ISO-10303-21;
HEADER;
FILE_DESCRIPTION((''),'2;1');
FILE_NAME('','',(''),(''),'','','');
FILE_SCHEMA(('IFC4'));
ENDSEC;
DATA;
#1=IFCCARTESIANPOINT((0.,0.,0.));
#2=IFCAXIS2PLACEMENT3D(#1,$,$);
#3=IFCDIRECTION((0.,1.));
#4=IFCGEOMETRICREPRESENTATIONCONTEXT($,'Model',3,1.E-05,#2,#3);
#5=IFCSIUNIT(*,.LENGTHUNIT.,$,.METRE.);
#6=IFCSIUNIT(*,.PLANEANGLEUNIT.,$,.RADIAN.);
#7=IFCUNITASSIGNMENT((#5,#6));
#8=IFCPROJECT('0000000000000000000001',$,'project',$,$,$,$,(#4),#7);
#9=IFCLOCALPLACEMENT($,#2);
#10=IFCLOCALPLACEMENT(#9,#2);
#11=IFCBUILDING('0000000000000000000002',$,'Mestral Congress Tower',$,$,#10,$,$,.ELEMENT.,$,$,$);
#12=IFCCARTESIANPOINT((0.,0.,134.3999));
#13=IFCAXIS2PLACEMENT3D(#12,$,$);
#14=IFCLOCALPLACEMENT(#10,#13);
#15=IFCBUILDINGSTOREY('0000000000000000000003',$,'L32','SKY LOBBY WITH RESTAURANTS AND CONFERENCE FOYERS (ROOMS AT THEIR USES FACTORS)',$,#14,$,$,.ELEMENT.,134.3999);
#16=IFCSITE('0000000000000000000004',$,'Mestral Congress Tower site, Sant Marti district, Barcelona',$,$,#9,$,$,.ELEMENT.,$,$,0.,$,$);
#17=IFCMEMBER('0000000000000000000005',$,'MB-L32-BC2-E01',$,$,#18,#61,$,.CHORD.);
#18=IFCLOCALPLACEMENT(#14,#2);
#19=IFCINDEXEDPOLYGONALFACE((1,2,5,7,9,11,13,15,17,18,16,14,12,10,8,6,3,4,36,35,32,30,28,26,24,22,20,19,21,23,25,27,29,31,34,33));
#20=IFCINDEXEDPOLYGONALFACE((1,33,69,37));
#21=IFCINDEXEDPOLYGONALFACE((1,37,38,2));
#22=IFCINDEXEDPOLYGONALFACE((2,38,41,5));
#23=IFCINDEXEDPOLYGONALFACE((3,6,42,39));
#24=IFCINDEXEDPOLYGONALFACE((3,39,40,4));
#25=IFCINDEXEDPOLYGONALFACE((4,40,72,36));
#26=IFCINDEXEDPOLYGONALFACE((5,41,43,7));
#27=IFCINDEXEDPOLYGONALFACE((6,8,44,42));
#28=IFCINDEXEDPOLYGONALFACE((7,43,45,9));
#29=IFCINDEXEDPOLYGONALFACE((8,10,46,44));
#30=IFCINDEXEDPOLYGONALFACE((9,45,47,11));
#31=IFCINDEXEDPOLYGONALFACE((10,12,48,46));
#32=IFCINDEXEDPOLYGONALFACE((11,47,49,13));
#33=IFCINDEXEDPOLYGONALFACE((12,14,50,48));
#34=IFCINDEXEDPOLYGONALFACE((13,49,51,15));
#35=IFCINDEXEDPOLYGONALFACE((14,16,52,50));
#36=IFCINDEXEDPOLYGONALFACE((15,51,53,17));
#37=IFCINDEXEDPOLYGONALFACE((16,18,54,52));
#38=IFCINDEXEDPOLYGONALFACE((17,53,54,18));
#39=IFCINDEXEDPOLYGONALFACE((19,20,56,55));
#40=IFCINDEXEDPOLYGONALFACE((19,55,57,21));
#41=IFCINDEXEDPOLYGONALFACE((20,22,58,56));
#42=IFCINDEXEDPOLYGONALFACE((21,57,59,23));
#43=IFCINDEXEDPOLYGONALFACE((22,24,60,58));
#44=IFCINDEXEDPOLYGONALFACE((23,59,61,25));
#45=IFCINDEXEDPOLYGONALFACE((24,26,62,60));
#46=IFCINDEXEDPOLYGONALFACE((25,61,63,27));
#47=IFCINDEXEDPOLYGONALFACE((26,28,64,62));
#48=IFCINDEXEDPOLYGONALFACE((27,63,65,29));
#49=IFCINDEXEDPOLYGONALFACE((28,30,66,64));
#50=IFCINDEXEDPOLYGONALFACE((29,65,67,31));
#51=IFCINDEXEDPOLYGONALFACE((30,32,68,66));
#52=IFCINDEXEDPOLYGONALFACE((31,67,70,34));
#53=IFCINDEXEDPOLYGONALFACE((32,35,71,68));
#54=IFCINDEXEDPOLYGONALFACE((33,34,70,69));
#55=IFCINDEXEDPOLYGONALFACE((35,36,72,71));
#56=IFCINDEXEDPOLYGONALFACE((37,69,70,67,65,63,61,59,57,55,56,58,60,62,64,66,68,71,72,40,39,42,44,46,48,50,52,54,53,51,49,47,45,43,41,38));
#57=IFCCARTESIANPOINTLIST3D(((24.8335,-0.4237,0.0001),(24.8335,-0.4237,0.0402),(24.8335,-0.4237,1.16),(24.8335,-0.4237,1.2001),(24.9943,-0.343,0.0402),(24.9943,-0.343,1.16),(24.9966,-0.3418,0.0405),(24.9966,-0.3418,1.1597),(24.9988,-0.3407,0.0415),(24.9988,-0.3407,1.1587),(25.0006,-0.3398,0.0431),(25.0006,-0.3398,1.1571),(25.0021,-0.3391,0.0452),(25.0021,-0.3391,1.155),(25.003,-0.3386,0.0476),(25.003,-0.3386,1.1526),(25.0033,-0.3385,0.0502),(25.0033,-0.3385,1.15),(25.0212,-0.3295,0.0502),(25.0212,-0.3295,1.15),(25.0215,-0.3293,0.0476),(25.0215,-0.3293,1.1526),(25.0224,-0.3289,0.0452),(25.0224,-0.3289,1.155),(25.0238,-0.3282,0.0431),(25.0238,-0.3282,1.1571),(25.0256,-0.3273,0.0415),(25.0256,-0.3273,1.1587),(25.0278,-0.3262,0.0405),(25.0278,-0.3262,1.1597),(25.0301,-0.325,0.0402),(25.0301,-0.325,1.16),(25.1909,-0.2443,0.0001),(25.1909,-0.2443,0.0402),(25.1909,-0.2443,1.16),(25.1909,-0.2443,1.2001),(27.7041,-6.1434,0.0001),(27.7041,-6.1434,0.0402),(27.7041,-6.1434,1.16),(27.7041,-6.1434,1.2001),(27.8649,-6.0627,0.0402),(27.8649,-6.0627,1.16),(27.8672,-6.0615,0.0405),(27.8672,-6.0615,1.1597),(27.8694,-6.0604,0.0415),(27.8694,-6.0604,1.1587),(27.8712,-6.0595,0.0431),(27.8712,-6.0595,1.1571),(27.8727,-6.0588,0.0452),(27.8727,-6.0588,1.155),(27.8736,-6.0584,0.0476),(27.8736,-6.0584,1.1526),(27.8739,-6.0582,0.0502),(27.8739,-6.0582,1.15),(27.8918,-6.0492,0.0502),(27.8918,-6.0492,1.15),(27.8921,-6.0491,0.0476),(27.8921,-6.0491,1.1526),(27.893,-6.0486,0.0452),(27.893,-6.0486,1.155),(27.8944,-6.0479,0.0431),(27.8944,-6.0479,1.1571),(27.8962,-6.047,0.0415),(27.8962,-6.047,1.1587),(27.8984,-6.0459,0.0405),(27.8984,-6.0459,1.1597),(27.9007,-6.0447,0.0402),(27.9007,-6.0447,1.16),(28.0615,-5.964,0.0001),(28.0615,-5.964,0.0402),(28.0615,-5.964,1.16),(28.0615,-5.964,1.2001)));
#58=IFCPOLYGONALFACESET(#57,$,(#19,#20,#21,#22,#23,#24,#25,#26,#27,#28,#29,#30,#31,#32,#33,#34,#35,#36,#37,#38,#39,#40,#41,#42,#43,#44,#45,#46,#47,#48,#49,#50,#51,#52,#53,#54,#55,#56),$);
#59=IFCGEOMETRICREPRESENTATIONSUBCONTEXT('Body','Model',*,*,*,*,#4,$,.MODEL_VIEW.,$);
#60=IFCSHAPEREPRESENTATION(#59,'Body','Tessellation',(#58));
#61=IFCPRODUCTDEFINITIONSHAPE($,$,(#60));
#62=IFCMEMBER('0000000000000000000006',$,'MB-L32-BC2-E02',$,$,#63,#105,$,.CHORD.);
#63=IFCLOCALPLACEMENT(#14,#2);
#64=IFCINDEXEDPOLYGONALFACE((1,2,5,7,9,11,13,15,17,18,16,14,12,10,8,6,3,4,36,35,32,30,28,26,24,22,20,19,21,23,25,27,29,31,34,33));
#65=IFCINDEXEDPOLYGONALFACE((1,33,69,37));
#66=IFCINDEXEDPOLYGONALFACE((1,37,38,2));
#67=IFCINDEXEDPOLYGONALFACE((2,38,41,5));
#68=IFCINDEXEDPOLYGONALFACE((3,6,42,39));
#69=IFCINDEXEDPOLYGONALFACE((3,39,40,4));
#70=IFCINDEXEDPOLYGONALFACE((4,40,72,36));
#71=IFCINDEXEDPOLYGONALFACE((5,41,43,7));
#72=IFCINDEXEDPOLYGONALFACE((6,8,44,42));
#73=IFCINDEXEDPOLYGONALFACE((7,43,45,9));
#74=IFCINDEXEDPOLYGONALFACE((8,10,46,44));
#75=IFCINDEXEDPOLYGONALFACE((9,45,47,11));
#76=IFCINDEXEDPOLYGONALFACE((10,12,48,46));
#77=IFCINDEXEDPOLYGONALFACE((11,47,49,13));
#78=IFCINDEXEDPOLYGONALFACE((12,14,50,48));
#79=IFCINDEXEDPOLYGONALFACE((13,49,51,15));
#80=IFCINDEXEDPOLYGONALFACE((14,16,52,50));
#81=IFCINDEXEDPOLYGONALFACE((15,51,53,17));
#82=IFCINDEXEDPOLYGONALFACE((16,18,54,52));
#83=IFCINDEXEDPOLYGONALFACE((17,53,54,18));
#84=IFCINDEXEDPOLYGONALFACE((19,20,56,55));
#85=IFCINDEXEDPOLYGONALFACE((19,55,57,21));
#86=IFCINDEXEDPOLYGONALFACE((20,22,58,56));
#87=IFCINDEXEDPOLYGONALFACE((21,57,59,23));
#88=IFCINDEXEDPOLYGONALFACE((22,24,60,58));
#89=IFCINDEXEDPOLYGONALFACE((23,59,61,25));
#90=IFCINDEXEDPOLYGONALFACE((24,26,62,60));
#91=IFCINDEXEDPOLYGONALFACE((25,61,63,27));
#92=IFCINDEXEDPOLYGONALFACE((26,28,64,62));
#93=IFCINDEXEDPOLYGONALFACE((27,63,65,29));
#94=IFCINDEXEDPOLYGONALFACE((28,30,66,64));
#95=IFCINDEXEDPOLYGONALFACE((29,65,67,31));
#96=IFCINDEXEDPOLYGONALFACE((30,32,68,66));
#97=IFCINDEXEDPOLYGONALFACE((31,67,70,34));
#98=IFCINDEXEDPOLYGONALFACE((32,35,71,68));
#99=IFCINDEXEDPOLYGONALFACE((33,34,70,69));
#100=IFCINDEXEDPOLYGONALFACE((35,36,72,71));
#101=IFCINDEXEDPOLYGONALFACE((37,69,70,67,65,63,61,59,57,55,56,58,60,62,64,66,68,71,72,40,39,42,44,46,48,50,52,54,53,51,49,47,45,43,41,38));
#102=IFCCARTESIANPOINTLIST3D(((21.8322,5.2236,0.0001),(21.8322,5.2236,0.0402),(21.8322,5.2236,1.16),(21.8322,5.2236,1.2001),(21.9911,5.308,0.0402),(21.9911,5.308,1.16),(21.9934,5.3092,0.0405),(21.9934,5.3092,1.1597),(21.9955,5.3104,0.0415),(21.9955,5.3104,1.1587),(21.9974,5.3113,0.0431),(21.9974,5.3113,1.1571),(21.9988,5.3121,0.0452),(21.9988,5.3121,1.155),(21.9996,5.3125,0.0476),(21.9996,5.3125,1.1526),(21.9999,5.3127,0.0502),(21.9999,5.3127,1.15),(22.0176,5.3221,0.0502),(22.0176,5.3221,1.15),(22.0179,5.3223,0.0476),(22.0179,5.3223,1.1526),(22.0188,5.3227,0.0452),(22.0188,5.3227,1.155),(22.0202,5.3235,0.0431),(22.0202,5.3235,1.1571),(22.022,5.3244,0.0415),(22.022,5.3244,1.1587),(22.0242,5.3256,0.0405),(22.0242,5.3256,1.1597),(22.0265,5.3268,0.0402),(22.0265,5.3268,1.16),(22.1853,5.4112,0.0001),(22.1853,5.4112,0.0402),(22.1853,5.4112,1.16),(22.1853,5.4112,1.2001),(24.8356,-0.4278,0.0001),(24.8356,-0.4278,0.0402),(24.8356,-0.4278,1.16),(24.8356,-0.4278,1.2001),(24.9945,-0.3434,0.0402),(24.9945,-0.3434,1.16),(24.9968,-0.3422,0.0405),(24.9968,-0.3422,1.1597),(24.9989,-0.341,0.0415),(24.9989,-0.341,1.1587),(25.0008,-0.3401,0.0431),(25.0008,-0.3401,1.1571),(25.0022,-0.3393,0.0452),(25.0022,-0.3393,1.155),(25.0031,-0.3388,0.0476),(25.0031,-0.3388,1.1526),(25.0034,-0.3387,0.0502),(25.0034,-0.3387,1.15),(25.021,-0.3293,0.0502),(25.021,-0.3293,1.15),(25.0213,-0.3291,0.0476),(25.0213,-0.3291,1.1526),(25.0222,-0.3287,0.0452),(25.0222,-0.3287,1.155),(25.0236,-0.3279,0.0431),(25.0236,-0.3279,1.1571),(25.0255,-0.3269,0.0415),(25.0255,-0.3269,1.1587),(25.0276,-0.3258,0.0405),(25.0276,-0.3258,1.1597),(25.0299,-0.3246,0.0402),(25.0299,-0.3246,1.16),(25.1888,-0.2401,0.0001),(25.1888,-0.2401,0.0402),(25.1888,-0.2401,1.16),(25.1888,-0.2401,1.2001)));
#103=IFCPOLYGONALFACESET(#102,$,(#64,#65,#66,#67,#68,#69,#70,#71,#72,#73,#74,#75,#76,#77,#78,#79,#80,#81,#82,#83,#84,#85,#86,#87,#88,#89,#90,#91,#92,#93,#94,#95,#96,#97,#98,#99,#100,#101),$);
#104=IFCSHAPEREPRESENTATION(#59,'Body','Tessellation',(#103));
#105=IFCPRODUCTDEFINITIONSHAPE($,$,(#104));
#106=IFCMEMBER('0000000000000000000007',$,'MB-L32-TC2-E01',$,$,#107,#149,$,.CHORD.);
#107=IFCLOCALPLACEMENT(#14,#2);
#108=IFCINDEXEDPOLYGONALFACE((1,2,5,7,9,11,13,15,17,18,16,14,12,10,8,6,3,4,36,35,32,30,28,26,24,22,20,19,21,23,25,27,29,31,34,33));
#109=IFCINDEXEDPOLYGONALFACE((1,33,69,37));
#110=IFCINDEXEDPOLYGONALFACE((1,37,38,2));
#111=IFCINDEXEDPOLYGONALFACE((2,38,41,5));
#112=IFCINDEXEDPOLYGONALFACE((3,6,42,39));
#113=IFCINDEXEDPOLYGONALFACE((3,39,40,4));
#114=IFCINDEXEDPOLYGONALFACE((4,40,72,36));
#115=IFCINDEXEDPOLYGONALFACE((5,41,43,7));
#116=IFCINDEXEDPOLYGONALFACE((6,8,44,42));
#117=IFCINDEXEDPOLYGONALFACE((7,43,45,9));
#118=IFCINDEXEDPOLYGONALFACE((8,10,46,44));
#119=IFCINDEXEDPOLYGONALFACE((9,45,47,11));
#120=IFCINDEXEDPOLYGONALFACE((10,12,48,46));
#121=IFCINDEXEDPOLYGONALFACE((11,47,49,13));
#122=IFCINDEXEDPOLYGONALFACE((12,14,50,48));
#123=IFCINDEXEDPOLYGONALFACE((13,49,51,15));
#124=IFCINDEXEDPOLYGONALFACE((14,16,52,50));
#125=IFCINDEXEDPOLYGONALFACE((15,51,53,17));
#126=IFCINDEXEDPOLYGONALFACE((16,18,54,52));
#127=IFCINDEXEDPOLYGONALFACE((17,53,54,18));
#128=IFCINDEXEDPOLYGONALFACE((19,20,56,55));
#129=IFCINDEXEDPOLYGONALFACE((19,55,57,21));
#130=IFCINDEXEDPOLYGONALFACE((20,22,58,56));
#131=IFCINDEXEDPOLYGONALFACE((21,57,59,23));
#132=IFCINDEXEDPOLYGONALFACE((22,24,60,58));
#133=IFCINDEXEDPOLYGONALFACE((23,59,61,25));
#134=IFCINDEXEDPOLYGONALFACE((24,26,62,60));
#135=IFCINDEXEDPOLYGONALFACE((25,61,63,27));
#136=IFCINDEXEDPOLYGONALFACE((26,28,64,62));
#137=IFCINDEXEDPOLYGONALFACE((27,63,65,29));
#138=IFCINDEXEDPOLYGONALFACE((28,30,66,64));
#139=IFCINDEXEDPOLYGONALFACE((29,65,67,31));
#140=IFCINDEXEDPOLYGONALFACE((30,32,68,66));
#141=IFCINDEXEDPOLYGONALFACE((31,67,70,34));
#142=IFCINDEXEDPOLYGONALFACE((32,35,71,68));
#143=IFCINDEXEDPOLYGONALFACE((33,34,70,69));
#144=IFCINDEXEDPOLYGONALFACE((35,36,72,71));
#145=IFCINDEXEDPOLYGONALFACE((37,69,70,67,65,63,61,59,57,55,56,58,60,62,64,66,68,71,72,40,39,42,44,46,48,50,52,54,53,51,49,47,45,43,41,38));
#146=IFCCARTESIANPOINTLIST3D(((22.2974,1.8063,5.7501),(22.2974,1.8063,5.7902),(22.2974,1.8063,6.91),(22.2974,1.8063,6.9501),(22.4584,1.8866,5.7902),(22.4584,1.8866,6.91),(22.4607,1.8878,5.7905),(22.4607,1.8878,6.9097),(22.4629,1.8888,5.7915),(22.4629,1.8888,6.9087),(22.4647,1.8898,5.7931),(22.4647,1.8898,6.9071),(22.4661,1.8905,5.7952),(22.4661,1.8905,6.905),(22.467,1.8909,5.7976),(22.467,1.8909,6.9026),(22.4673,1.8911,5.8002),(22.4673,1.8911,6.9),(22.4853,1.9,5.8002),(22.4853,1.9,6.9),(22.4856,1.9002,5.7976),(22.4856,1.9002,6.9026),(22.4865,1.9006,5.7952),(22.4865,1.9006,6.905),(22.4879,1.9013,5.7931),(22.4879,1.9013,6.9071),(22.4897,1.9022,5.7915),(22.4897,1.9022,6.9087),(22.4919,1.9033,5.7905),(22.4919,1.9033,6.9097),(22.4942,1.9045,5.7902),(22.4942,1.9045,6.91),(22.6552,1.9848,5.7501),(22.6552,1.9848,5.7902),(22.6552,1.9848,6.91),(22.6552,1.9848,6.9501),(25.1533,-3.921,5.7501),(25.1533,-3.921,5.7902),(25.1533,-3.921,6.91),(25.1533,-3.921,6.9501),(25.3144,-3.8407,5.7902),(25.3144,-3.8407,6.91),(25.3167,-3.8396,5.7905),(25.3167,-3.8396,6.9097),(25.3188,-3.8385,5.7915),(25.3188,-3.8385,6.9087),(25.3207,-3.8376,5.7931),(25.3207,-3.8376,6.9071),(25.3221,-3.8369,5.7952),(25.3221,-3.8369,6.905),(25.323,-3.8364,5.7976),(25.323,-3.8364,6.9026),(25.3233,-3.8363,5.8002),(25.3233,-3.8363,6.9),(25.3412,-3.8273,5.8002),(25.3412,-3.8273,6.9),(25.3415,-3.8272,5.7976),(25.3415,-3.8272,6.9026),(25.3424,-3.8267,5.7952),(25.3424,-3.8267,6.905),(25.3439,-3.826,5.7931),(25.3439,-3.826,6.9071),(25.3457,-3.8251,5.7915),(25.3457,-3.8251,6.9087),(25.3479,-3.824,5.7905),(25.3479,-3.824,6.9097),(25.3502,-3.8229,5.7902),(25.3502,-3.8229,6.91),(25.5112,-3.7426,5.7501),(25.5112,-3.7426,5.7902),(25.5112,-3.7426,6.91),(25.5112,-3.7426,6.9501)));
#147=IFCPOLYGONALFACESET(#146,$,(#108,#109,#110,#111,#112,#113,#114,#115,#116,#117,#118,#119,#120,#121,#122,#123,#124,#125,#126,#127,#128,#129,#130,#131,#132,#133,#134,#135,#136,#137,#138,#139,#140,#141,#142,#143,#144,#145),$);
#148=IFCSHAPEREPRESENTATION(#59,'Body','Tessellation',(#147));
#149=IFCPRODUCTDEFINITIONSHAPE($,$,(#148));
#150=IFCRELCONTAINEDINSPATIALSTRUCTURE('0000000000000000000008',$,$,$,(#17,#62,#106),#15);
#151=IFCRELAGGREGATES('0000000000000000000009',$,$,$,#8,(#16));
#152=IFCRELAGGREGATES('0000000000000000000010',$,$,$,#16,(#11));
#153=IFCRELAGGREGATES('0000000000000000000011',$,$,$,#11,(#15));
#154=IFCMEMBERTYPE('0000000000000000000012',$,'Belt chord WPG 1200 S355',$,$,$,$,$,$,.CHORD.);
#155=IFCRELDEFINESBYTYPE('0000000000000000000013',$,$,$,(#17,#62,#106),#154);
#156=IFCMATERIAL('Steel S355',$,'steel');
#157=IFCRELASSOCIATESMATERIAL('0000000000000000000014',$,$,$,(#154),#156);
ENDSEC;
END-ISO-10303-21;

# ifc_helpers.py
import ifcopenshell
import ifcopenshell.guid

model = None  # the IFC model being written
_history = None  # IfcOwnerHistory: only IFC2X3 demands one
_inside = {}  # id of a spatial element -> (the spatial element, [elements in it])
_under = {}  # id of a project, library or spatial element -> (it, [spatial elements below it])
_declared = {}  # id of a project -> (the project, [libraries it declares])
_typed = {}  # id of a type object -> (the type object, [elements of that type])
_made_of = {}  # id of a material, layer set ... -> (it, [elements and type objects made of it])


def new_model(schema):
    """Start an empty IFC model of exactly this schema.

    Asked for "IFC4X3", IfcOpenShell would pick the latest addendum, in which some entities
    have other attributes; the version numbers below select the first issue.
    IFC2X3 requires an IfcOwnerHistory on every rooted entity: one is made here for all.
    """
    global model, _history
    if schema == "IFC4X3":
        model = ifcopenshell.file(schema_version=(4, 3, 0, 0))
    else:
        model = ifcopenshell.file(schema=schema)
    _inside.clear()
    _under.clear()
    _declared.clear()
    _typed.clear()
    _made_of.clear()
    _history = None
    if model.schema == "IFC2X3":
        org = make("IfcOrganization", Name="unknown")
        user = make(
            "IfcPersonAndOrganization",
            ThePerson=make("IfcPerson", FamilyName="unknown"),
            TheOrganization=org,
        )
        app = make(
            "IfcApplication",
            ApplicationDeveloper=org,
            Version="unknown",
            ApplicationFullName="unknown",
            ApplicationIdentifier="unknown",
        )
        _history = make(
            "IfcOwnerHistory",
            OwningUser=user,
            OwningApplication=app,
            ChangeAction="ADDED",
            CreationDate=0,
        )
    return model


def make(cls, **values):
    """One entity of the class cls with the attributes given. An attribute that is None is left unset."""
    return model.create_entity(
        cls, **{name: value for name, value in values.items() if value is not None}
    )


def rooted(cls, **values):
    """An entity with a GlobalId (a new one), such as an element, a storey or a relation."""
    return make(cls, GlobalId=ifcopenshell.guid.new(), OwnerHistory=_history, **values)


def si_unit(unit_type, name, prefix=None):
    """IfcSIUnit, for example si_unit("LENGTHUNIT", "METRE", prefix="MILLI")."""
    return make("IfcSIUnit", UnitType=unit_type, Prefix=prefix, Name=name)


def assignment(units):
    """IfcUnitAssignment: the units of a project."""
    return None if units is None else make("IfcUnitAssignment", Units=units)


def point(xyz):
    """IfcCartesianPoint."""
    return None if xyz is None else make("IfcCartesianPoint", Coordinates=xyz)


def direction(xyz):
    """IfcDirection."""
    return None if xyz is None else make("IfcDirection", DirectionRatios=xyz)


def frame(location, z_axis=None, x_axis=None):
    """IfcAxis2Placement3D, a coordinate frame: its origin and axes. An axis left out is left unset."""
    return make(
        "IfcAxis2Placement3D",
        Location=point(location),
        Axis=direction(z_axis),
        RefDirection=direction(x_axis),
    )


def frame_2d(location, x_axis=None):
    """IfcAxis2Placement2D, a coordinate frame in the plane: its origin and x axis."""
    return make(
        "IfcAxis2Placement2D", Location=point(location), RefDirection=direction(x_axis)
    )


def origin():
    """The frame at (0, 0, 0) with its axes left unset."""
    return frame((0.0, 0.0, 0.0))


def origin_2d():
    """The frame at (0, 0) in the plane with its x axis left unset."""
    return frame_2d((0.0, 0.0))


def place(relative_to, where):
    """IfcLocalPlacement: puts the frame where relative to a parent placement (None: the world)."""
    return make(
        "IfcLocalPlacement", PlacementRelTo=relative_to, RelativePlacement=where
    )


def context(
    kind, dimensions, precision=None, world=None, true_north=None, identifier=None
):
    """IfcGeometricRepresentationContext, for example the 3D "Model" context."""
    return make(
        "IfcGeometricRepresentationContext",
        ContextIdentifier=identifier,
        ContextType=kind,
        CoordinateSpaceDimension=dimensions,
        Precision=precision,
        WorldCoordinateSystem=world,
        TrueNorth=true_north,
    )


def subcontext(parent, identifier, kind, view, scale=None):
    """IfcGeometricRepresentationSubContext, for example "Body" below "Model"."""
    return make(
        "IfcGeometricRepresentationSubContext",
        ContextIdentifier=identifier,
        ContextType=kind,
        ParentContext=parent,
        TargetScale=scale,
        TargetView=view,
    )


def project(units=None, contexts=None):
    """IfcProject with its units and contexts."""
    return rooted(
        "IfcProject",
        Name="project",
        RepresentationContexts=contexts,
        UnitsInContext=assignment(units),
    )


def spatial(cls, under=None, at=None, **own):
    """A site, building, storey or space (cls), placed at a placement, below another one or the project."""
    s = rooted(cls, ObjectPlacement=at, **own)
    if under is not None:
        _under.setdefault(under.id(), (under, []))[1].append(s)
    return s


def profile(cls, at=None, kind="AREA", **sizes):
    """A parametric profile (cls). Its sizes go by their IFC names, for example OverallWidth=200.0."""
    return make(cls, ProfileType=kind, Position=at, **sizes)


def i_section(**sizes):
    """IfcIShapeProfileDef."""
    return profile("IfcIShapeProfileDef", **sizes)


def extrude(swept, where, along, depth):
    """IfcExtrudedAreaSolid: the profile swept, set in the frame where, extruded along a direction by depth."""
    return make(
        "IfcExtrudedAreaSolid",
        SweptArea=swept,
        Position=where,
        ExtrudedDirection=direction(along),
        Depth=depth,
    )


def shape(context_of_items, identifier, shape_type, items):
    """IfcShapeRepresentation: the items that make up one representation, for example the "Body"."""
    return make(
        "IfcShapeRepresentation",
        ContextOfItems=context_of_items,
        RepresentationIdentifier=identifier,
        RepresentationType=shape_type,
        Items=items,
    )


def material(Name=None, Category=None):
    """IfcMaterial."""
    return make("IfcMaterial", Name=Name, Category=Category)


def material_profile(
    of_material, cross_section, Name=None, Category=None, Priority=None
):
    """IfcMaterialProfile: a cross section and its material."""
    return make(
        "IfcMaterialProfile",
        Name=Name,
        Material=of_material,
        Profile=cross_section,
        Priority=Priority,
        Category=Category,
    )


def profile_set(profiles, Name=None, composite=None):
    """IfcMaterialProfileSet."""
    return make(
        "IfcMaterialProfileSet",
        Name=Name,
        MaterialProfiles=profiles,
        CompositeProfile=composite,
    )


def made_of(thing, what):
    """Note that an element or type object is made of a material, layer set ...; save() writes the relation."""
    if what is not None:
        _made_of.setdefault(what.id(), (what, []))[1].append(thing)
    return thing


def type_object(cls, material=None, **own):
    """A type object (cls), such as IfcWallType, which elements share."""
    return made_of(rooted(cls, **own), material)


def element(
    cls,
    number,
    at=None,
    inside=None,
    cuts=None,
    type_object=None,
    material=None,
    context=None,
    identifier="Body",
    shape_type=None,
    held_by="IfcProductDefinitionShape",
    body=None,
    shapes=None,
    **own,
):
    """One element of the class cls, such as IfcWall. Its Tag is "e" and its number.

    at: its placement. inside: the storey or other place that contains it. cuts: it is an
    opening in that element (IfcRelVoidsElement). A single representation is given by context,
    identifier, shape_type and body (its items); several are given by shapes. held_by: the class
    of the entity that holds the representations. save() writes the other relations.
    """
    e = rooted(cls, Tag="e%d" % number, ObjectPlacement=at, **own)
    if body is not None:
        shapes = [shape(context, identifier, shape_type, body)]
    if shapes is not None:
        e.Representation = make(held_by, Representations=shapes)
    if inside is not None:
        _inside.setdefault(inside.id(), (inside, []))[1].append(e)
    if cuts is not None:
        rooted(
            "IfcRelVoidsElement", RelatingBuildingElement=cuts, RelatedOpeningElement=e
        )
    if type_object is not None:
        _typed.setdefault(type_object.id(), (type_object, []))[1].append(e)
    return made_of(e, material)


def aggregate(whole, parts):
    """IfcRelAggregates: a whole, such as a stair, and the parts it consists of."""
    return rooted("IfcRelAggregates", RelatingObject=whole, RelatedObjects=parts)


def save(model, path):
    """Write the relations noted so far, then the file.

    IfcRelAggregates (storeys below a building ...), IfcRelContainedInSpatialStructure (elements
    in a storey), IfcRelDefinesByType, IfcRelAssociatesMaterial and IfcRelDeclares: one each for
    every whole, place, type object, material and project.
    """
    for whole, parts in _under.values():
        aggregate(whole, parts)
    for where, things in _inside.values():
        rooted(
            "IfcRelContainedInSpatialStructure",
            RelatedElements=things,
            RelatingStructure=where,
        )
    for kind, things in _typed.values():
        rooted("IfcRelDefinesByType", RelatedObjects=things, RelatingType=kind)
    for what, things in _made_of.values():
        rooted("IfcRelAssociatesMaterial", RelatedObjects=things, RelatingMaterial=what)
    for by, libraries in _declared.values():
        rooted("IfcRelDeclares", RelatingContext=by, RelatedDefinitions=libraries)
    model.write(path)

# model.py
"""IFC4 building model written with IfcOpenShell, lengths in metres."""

from ifc_helpers import new_model, si_unit, direction, frame, origin, origin_2d, place, context, subcontext, project, spatial, i_section, extrude, material, material_profile, profile_set, type_object, element, save


model = new_model("IFC4")

# Units and contexts
model_context = context("Model", 3, precision=1e-05, world=origin(), true_north=direction((0.0, 1.0)))
body_context = subcontext(model_context, "Body", "Model", "MODEL_VIEW")
ifc_project = project(units=[si_unit("LENGTHUNIT", "METRE"), si_unit("PLANEANGLEUNIT", "RADIAN")], contexts=[model_context])

# Site, building, storey
site_placement = place(None, origin())
site = spatial("IfcSite", under=ifc_project, at=site_placement, Name="Mestral Congress Tower site, Sant Marti district, Barcelona", CompositionType="ELEMENT", RefElevation=0.0)
building_placement = place(site_placement, origin())
building = spatial("IfcBuilding", under=site, at=building_placement, Name="Mestral Congress Tower", CompositionType="ELEMENT")
storey_placement = place(building_placement, frame((0.0, 0.0, 134.3999)))
storey = spatial("IfcBuildingStorey", under=building, at=storey_placement, Name="L32", Description="SKY LOBBY WITH RESTAURANTS AND CONFERENCE FOYERS (ROOMS AT THEIR USES FACTORS)", CompositionType="ELEMENT", Elevation=134.3999)

# Members
ifc_material_1 = material(Name="Steel S355", Category="steel")
ifc_material_profile_1 = material_profile(ifc_material_1, i_section(OverallWidth=0.3999, OverallDepth=1.2, WebThickness=0.02, FlangeThickness=0.04, FilletRadius=0.01, at=origin_2d()), Name="WPG 1200")
ifc_profile_set_1 = profile_set([ifc_material_profile_1], Name="Steel S355")
member_type_1 = type_object("IfcMemberType", Name="Belt chord WPG 1200 S355", PredefinedType="CHORD", material=ifc_profile_set_1)
member_1_placement = place(storey_placement, frame((27.8828, -6.0537, 0.6001), z_axis=(-0.448556, 0.893755, 0.0), x_axis=(-0.893755, -0.448556, 0.0)))
element("IfcMember", 1, at=member_1_placement, inside=storey, type_object=member_type_1, Name="MB-L32-BC2-E01", PredefinedType="CHORD", context=body_context, shape_type="SweptSolid", body=[
    extrude(i_section(OverallWidth=0.3999, OverallDepth=1.2, WebThickness=0.02, FlangeThickness=0.04, FilletRadius=0.01, at=origin_2d()), origin(), (0.0, 0.0, 1.0), 6.3997),
])
for number, where, z_axis, x_axis, name in (
    (2, (25.0122, -0.334, 0.6001), (-0.469293, 0.883043, 0.0), (-0.883043, -0.469293, 0.0), "MB-L32-BC2-E02"),
    (3, (25.3323, -3.8318, 6.3501), (-0.446252, 0.894907, 0.0), (-0.894907, -0.446252, 0.0), "MB-L32-TC2-E01"),
):
    element("IfcMember", number, at=place(storey_placement, frame(where, z_axis=z_axis, x_axis=x_axis)), inside=storey, type_object=member_type_1, Name=name, PredefinedType="CHORD", context=body_context, shape_type="SweptSolid", body=[
        extrude(i_section(OverallWidth=0.3999, OverallDepth=1.2, WebThickness=0.02, FlangeThickness=0.04, FilletRadius=0.01, at=origin_2d()), origin(), (0.0, 0.0, 1.0), 6.3999),
    ])

save(model, "model.ifc")
